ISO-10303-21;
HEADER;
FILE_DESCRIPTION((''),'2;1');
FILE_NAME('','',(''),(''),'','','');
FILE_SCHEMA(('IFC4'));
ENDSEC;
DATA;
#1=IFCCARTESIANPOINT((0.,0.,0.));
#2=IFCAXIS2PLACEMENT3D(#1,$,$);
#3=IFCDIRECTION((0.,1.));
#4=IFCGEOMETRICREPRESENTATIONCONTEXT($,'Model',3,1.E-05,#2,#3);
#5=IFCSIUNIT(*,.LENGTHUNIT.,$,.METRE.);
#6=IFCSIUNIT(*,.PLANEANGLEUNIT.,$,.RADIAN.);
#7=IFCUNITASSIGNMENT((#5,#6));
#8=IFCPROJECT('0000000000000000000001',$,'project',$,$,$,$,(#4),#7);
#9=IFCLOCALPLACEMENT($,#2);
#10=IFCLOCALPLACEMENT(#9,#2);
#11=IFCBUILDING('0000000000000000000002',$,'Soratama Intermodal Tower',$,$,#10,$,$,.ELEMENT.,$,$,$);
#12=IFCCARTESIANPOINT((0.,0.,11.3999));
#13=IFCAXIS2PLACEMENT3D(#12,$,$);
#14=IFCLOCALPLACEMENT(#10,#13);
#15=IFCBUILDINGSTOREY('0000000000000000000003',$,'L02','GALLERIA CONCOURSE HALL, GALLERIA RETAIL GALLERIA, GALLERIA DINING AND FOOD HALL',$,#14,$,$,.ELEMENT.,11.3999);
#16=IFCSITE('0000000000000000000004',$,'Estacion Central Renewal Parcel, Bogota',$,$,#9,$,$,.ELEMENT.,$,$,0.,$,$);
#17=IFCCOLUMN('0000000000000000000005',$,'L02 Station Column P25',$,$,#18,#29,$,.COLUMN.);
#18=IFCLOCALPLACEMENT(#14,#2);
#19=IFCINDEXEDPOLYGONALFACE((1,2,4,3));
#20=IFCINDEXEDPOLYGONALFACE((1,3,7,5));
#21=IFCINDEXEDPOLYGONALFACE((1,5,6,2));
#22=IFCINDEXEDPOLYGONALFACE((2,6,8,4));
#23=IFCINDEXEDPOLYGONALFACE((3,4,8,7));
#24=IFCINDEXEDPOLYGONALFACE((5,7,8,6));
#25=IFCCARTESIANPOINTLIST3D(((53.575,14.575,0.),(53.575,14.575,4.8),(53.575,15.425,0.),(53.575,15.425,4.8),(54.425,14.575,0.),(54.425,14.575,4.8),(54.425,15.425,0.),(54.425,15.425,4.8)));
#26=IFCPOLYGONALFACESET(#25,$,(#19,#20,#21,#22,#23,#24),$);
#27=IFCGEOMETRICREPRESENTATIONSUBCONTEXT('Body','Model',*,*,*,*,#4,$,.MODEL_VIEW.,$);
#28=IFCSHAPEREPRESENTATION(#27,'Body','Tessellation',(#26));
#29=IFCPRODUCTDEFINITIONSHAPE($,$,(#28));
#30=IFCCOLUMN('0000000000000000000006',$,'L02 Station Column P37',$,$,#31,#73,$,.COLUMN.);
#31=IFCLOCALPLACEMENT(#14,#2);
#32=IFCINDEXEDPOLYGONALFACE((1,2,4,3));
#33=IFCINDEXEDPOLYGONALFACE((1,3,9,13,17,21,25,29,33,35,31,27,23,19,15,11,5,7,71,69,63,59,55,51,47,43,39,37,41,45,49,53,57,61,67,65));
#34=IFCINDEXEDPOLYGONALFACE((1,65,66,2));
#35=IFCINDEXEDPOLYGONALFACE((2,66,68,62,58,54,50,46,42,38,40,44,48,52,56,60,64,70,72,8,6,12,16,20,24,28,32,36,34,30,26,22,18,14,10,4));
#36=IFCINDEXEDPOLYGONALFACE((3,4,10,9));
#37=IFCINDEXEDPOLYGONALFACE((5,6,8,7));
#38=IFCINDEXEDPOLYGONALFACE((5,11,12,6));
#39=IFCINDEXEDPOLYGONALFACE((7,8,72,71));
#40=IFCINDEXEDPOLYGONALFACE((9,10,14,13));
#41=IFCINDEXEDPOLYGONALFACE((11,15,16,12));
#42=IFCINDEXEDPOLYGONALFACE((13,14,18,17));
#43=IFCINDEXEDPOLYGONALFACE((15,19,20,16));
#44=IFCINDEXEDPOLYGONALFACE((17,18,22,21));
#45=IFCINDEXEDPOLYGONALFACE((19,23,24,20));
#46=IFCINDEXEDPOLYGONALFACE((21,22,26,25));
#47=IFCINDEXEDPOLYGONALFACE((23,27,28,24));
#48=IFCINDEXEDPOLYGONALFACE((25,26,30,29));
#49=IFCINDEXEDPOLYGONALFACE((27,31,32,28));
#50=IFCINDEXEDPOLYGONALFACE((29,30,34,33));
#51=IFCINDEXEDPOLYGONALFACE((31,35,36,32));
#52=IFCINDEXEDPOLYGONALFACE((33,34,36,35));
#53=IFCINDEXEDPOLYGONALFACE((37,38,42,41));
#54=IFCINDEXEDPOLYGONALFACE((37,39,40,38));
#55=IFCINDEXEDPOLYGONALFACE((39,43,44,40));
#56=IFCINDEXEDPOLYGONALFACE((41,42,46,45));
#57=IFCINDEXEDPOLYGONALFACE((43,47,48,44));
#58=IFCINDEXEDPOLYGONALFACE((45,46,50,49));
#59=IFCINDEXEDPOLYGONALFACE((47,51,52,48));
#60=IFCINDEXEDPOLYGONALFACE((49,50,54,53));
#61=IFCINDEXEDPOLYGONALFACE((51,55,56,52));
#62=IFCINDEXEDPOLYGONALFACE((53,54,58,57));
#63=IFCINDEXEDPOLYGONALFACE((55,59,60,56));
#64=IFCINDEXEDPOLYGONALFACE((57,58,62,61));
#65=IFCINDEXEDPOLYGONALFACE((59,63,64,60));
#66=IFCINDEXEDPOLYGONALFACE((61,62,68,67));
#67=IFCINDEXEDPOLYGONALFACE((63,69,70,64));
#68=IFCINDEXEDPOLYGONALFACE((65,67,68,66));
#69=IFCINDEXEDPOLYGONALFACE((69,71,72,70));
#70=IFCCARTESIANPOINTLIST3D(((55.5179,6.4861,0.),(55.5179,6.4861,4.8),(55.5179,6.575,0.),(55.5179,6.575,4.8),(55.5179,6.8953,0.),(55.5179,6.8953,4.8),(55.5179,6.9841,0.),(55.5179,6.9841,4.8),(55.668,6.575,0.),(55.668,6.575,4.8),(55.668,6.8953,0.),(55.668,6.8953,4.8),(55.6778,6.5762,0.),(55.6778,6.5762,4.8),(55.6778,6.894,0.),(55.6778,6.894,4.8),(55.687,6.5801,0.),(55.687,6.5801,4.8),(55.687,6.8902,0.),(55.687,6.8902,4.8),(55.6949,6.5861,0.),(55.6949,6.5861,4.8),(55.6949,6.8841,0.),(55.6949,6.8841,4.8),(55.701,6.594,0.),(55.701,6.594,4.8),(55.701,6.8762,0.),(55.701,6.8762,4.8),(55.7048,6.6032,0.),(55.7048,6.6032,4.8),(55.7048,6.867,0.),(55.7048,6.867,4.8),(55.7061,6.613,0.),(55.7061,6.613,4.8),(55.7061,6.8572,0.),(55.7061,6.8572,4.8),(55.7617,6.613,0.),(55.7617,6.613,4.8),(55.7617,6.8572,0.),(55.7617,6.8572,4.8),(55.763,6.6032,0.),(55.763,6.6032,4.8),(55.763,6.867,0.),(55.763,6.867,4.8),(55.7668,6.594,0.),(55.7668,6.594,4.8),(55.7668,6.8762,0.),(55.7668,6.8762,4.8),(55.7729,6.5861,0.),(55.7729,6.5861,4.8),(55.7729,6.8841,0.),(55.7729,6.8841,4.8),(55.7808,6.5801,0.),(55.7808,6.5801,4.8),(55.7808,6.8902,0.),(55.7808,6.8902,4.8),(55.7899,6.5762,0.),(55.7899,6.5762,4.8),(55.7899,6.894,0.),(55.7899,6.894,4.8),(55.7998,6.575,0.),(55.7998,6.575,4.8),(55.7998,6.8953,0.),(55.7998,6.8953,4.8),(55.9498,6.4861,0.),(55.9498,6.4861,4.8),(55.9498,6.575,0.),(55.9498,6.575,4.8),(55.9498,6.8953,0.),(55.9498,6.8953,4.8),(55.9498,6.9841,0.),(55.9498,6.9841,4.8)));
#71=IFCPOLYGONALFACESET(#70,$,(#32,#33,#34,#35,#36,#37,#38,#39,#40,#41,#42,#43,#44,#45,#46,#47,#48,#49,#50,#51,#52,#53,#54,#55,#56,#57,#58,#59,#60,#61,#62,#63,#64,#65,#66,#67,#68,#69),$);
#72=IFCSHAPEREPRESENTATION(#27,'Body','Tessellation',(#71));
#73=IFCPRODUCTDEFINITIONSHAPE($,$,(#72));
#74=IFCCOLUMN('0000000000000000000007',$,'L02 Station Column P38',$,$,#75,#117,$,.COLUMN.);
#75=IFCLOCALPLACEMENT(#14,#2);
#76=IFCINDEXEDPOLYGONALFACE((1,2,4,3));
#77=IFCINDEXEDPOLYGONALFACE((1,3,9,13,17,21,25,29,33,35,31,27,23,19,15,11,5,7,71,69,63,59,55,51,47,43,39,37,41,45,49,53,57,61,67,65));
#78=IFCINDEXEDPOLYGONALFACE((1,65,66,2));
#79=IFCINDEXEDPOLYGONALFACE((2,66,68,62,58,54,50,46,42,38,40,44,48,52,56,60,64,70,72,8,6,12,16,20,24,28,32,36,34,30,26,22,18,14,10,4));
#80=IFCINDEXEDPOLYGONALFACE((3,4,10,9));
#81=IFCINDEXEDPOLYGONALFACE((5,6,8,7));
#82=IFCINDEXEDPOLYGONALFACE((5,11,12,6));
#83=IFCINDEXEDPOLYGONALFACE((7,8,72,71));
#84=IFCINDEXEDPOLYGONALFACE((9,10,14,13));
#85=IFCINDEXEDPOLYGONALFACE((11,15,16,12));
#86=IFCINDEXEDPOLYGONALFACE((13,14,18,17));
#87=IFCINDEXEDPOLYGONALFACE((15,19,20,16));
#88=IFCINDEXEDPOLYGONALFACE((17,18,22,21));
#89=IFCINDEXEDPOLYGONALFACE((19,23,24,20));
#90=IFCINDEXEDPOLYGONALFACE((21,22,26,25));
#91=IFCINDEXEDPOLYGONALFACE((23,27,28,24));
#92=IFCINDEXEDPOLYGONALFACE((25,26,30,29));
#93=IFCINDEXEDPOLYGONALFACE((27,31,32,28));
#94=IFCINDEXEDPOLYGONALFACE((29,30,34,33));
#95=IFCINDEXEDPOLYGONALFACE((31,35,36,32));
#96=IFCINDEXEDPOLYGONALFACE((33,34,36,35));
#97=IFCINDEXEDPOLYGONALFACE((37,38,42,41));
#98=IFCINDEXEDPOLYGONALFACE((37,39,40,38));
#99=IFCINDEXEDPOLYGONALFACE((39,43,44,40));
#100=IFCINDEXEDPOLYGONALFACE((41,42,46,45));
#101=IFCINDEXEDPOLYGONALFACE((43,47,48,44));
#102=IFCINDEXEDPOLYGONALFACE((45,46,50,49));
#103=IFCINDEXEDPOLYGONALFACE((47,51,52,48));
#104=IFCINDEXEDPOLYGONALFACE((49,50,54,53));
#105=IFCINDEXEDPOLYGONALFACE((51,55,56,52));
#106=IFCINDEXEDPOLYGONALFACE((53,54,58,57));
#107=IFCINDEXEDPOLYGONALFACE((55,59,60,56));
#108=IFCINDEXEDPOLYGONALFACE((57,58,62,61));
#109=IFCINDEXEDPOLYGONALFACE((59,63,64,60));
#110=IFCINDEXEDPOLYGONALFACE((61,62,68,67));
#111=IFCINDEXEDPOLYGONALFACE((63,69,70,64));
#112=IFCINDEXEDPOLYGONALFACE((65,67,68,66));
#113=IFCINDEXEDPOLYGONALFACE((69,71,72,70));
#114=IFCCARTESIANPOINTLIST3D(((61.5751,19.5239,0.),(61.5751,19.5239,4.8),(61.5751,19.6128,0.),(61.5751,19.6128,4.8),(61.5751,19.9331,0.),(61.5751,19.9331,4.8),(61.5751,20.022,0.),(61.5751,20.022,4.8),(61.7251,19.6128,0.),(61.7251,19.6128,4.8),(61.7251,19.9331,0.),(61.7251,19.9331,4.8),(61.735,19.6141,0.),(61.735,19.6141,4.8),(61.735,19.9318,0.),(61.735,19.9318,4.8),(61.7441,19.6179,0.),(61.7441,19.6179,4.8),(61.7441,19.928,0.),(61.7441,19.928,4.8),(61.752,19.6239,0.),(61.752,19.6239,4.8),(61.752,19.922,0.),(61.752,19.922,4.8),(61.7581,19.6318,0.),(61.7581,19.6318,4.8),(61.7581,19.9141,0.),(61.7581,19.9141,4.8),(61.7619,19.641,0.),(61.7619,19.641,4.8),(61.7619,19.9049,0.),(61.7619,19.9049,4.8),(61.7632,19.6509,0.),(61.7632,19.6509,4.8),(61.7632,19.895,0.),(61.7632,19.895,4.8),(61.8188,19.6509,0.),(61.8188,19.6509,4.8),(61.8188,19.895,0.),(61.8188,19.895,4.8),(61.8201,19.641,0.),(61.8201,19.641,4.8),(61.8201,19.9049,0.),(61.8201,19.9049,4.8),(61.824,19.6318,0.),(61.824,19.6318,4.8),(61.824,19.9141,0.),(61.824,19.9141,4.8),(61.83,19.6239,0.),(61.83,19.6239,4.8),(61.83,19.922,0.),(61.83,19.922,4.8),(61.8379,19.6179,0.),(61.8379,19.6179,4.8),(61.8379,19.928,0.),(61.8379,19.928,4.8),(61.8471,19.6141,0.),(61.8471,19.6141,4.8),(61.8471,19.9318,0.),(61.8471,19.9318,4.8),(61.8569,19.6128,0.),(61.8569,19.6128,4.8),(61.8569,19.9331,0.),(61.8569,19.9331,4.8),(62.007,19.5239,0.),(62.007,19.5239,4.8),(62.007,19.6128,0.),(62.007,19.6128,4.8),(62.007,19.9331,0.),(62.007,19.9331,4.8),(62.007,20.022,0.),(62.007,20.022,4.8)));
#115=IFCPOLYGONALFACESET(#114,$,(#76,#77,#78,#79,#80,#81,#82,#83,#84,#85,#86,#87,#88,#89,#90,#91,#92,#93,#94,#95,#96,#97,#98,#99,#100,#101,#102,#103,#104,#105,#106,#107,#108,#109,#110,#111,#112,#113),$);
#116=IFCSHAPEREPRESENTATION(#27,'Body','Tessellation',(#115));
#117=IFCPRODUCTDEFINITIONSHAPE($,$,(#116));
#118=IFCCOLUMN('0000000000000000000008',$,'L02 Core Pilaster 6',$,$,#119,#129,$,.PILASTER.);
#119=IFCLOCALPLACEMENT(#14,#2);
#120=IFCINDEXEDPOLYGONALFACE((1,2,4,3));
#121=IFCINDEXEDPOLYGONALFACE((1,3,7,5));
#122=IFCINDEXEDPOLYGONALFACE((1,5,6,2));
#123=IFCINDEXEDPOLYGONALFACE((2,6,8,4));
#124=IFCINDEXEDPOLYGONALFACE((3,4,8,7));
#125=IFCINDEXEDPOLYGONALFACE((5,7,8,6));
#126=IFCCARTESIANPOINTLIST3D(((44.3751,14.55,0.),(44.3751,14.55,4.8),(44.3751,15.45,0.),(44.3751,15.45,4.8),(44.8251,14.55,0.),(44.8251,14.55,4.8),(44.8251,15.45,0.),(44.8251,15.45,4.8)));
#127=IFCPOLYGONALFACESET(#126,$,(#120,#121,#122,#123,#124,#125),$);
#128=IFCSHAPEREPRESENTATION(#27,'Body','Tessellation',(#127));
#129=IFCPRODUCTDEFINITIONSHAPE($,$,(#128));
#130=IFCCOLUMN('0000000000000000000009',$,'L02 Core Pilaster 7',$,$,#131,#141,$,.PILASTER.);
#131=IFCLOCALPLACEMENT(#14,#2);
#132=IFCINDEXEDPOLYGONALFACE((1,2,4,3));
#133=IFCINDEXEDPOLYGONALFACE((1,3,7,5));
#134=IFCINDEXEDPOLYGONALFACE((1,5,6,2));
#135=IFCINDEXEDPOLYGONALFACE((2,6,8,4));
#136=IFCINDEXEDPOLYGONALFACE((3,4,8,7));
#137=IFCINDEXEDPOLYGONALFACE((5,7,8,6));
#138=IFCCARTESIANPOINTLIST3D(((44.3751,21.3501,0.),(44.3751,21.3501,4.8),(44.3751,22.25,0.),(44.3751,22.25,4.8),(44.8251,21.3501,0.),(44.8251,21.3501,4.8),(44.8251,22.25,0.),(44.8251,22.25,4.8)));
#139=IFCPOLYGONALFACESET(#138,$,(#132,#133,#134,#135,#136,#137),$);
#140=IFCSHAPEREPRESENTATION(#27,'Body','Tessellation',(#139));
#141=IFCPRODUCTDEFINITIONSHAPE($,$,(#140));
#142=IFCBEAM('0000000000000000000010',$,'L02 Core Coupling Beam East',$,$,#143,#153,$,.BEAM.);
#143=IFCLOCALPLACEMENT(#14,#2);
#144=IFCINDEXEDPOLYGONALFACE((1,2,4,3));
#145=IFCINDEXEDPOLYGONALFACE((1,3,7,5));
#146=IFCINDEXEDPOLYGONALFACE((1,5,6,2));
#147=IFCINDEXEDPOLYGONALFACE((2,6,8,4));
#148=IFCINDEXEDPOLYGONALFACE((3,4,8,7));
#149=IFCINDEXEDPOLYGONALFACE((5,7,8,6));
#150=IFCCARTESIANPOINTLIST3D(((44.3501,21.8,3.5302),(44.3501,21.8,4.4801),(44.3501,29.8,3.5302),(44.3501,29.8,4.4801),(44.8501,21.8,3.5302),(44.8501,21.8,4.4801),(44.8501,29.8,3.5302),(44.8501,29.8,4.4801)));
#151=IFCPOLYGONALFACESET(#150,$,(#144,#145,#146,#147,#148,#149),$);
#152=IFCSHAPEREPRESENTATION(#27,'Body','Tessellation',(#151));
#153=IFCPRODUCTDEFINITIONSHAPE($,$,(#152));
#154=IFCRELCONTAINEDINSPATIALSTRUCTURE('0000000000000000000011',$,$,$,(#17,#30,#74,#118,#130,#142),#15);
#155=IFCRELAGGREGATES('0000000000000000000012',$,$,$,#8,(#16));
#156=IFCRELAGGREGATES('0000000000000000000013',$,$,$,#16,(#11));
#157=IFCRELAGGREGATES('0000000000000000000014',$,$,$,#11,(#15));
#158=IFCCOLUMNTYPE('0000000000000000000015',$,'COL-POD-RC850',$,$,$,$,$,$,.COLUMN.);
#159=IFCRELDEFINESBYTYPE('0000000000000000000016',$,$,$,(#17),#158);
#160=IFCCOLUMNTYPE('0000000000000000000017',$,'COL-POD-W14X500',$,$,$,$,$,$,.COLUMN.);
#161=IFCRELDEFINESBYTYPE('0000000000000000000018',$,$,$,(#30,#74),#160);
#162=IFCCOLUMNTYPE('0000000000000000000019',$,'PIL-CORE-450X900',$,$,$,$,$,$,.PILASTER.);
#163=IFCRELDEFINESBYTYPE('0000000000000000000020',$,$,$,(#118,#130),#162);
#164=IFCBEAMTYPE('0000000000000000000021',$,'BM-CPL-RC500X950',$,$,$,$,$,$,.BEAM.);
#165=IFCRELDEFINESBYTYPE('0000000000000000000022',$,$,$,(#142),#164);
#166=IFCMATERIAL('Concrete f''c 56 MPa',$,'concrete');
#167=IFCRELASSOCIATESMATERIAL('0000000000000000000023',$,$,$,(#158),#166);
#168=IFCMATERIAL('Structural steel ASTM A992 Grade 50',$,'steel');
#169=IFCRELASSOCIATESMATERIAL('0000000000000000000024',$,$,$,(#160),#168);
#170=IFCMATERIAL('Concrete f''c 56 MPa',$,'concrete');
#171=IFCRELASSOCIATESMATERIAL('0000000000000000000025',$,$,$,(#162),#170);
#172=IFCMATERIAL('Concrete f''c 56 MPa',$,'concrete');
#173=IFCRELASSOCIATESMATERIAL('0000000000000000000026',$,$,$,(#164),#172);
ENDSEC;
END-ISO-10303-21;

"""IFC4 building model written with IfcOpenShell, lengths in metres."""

from ifc_helpers import new_model, si_unit, direction, frame, origin, origin_2d, place, context, subcontext, project, spatial, rectangle, i_section, extrude, material, material_profile, profile_set, type_object, element, save


model = new_model("IFC4")

# Units and contexts
model_context = context("Model", 3, precision=1e-05, world=origin(), true_north=direction((0.0, 1.0)))
body_context = subcontext(model_context, "Body", "Model", "MODEL_VIEW")
ifc_project = project(units=[si_unit("LENGTHUNIT", "METRE"), si_unit("PLANEANGLEUNIT", "RADIAN")], contexts=[model_context])

# Site, building, storey
site_placement = place(None, origin())
site = spatial("IfcSite", under=ifc_project, at=site_placement, Name="Estacion Central Renewal Parcel, Bogota", CompositionType="ELEMENT", RefElevation=0.0)
building_placement = place(site_placement, origin())
building = spatial("IfcBuilding", under=site, at=building_placement, Name="Soratama Intermodal Tower", CompositionType="ELEMENT")
storey_placement = place(building_placement, frame((0.0, 0.0, 11.3999)))
storey = spatial("IfcBuildingStorey", under=building, at=storey_placement, Name="L02", Description="GALLERIA CONCOURSE HALL, GALLERIA RETAIL GALLERIA, GALLERIA DINING AND FOOD HALL", CompositionType="ELEMENT", Elevation=11.3999)

# Columns
ifc_material_1 = material(Name="Concrete f'c 56 MPa", Category="concrete")
ifc_material_profile_1 = material_profile(ifc_material_1, rectangle(XDim=0.8501, YDim=0.8501, at=origin_2d()), Name="RC850X850")
ifc_profile_set_1 = profile_set([ifc_material_profile_1], Name="Concrete f'c 56 MPa")
column_type_1 = type_object("IfcColumnType", Name="COL-POD-RC850", PredefinedType="COLUMN", material=ifc_profile_set_1)
column_placement = place(storey_placement, frame((54.0, 15.0, 0.0), z_axis=(0.0, 0.0, 1.0), x_axis=(1.0, 0.0, 0.0)))
element("IfcColumn", 1, at=column_placement, inside=storey, type_object=column_type_1, Name="L02 Station Column P25", PredefinedType="COLUMN", context=body_context, shape_type="SweptSolid", body=[
    extrude(rectangle(XDim=0.8501, YDim=0.8501, at=origin_2d()), origin(), (0.0, 0.0, 1.0), 4.8),
])
ifc_material_2 = material(Name="Structural steel ASTM A992 Grade 50", Category="steel")
ifc_material_profile_2 = material_profile(ifc_material_2, i_section(OverallWidth=0.4319, OverallDepth=0.498, WebThickness=0.0557, FlangeThickness=0.0889, FilletRadius=0.0381, at=origin_2d()), Name="W14X500")
ifc_profile_set_2 = profile_set([ifc_material_profile_2], Name="Structural steel ASTM A992 Grade 50")
column_type_2 = type_object("IfcColumnType", Name="COL-POD-W14X500", PredefinedType="COLUMN", material=ifc_profile_set_2)
for number, where, z_axis, x_axis, name in (
    (2, (55.7339, 6.7351, 0.0), (0.0, 0.0, 1.0), (1.0, 0.0, 0.0), "L02 Station Column P37"),
    (3, (61.791, 19.7729, 0.0), (0.0, 0.0, 1.0), (1.0, 0.0, 0.0), "L02 Station Column P38"),
):
    element("IfcColumn", number, at=place(storey_placement, frame(where, z_axis=z_axis, x_axis=x_axis)), inside=storey, type_object=column_type_2, Name=name, PredefinedType="COLUMN", context=body_context, shape_type="SweptSolid", body=[
        extrude(i_section(OverallWidth=0.4319, OverallDepth=0.498, WebThickness=0.0557, FlangeThickness=0.0889, FilletRadius=0.0381, at=origin_2d()), origin(), (0.0, 0.0, 1.0), 4.8),
    ])
ifc_material_3 = material(Name="Concrete f'c 56 MPa", Category="concrete")
ifc_material_profile_3 = material_profile(ifc_material_3, rectangle(XDim=0.45, YDim=0.8999, at=origin_2d()), Name="RC450X900")
ifc_profile_set_3 = profile_set([ifc_material_profile_3], Name="Concrete f'c 56 MPa")
column_type_3 = type_object("IfcColumnType", Name="PIL-CORE-450X900", PredefinedType="PILASTER", material=ifc_profile_set_3)
for number, where, z_axis, x_axis, name in (
    (4, (44.6001, 15.0, 0.0), (0.0, 0.0, 1.0), (1.0, 0.0, 0.0), "L02 Core Pilaster 6"),
    (5, (44.6001, 21.8, 0.0), (0.0, 0.0, 1.0), (1.0, 0.0, 0.0), "L02 Core Pilaster 7"),
):
    element("IfcColumn", number, at=place(storey_placement, frame(where, z_axis=z_axis, x_axis=x_axis)), inside=storey, type_object=column_type_3, Name=name, PredefinedType="PILASTER", context=body_context, shape_type="SweptSolid", body=[
        extrude(rectangle(XDim=0.45, YDim=0.8999, at=origin_2d()), origin(), (0.0, 0.0, 1.0), 4.8),
    ])

# Beam
ifc_material_4 = material(Name="Concrete f'c 56 MPa", Category="concrete")
ifc_material_profile_4 = material_profile(ifc_material_4, rectangle(XDim=0.5, YDim=0.95, at=origin_2d()), Name="RC500X950")
ifc_profile_set_4 = profile_set([ifc_material_profile_4], Name="Concrete f'c 56 MPa")
beam_type_1 = type_object("IfcBeamType", Name="BM-CPL-RC500X950", PredefinedType="BEAM", material=ifc_profile_set_4)
beam_1_placement = place(storey_placement, frame((44.6001, 21.8, 4.0051), z_axis=(0.0, 1.0, 0.0), x_axis=(-1.0, 0.0, 0.0)))
element("IfcBeam", 6, at=beam_1_placement, inside=storey, type_object=beam_type_1, Name="L02 Core Coupling Beam East", PredefinedType="BEAM", context=body_context, shape_type="SweptSolid", body=[
    extrude(rectangle(XDim=0.5, YDim=0.95, at=origin_2d()), origin(), (0.0, 0.0, 1.0), 8.0),
])

save(model, "model.ifc")
